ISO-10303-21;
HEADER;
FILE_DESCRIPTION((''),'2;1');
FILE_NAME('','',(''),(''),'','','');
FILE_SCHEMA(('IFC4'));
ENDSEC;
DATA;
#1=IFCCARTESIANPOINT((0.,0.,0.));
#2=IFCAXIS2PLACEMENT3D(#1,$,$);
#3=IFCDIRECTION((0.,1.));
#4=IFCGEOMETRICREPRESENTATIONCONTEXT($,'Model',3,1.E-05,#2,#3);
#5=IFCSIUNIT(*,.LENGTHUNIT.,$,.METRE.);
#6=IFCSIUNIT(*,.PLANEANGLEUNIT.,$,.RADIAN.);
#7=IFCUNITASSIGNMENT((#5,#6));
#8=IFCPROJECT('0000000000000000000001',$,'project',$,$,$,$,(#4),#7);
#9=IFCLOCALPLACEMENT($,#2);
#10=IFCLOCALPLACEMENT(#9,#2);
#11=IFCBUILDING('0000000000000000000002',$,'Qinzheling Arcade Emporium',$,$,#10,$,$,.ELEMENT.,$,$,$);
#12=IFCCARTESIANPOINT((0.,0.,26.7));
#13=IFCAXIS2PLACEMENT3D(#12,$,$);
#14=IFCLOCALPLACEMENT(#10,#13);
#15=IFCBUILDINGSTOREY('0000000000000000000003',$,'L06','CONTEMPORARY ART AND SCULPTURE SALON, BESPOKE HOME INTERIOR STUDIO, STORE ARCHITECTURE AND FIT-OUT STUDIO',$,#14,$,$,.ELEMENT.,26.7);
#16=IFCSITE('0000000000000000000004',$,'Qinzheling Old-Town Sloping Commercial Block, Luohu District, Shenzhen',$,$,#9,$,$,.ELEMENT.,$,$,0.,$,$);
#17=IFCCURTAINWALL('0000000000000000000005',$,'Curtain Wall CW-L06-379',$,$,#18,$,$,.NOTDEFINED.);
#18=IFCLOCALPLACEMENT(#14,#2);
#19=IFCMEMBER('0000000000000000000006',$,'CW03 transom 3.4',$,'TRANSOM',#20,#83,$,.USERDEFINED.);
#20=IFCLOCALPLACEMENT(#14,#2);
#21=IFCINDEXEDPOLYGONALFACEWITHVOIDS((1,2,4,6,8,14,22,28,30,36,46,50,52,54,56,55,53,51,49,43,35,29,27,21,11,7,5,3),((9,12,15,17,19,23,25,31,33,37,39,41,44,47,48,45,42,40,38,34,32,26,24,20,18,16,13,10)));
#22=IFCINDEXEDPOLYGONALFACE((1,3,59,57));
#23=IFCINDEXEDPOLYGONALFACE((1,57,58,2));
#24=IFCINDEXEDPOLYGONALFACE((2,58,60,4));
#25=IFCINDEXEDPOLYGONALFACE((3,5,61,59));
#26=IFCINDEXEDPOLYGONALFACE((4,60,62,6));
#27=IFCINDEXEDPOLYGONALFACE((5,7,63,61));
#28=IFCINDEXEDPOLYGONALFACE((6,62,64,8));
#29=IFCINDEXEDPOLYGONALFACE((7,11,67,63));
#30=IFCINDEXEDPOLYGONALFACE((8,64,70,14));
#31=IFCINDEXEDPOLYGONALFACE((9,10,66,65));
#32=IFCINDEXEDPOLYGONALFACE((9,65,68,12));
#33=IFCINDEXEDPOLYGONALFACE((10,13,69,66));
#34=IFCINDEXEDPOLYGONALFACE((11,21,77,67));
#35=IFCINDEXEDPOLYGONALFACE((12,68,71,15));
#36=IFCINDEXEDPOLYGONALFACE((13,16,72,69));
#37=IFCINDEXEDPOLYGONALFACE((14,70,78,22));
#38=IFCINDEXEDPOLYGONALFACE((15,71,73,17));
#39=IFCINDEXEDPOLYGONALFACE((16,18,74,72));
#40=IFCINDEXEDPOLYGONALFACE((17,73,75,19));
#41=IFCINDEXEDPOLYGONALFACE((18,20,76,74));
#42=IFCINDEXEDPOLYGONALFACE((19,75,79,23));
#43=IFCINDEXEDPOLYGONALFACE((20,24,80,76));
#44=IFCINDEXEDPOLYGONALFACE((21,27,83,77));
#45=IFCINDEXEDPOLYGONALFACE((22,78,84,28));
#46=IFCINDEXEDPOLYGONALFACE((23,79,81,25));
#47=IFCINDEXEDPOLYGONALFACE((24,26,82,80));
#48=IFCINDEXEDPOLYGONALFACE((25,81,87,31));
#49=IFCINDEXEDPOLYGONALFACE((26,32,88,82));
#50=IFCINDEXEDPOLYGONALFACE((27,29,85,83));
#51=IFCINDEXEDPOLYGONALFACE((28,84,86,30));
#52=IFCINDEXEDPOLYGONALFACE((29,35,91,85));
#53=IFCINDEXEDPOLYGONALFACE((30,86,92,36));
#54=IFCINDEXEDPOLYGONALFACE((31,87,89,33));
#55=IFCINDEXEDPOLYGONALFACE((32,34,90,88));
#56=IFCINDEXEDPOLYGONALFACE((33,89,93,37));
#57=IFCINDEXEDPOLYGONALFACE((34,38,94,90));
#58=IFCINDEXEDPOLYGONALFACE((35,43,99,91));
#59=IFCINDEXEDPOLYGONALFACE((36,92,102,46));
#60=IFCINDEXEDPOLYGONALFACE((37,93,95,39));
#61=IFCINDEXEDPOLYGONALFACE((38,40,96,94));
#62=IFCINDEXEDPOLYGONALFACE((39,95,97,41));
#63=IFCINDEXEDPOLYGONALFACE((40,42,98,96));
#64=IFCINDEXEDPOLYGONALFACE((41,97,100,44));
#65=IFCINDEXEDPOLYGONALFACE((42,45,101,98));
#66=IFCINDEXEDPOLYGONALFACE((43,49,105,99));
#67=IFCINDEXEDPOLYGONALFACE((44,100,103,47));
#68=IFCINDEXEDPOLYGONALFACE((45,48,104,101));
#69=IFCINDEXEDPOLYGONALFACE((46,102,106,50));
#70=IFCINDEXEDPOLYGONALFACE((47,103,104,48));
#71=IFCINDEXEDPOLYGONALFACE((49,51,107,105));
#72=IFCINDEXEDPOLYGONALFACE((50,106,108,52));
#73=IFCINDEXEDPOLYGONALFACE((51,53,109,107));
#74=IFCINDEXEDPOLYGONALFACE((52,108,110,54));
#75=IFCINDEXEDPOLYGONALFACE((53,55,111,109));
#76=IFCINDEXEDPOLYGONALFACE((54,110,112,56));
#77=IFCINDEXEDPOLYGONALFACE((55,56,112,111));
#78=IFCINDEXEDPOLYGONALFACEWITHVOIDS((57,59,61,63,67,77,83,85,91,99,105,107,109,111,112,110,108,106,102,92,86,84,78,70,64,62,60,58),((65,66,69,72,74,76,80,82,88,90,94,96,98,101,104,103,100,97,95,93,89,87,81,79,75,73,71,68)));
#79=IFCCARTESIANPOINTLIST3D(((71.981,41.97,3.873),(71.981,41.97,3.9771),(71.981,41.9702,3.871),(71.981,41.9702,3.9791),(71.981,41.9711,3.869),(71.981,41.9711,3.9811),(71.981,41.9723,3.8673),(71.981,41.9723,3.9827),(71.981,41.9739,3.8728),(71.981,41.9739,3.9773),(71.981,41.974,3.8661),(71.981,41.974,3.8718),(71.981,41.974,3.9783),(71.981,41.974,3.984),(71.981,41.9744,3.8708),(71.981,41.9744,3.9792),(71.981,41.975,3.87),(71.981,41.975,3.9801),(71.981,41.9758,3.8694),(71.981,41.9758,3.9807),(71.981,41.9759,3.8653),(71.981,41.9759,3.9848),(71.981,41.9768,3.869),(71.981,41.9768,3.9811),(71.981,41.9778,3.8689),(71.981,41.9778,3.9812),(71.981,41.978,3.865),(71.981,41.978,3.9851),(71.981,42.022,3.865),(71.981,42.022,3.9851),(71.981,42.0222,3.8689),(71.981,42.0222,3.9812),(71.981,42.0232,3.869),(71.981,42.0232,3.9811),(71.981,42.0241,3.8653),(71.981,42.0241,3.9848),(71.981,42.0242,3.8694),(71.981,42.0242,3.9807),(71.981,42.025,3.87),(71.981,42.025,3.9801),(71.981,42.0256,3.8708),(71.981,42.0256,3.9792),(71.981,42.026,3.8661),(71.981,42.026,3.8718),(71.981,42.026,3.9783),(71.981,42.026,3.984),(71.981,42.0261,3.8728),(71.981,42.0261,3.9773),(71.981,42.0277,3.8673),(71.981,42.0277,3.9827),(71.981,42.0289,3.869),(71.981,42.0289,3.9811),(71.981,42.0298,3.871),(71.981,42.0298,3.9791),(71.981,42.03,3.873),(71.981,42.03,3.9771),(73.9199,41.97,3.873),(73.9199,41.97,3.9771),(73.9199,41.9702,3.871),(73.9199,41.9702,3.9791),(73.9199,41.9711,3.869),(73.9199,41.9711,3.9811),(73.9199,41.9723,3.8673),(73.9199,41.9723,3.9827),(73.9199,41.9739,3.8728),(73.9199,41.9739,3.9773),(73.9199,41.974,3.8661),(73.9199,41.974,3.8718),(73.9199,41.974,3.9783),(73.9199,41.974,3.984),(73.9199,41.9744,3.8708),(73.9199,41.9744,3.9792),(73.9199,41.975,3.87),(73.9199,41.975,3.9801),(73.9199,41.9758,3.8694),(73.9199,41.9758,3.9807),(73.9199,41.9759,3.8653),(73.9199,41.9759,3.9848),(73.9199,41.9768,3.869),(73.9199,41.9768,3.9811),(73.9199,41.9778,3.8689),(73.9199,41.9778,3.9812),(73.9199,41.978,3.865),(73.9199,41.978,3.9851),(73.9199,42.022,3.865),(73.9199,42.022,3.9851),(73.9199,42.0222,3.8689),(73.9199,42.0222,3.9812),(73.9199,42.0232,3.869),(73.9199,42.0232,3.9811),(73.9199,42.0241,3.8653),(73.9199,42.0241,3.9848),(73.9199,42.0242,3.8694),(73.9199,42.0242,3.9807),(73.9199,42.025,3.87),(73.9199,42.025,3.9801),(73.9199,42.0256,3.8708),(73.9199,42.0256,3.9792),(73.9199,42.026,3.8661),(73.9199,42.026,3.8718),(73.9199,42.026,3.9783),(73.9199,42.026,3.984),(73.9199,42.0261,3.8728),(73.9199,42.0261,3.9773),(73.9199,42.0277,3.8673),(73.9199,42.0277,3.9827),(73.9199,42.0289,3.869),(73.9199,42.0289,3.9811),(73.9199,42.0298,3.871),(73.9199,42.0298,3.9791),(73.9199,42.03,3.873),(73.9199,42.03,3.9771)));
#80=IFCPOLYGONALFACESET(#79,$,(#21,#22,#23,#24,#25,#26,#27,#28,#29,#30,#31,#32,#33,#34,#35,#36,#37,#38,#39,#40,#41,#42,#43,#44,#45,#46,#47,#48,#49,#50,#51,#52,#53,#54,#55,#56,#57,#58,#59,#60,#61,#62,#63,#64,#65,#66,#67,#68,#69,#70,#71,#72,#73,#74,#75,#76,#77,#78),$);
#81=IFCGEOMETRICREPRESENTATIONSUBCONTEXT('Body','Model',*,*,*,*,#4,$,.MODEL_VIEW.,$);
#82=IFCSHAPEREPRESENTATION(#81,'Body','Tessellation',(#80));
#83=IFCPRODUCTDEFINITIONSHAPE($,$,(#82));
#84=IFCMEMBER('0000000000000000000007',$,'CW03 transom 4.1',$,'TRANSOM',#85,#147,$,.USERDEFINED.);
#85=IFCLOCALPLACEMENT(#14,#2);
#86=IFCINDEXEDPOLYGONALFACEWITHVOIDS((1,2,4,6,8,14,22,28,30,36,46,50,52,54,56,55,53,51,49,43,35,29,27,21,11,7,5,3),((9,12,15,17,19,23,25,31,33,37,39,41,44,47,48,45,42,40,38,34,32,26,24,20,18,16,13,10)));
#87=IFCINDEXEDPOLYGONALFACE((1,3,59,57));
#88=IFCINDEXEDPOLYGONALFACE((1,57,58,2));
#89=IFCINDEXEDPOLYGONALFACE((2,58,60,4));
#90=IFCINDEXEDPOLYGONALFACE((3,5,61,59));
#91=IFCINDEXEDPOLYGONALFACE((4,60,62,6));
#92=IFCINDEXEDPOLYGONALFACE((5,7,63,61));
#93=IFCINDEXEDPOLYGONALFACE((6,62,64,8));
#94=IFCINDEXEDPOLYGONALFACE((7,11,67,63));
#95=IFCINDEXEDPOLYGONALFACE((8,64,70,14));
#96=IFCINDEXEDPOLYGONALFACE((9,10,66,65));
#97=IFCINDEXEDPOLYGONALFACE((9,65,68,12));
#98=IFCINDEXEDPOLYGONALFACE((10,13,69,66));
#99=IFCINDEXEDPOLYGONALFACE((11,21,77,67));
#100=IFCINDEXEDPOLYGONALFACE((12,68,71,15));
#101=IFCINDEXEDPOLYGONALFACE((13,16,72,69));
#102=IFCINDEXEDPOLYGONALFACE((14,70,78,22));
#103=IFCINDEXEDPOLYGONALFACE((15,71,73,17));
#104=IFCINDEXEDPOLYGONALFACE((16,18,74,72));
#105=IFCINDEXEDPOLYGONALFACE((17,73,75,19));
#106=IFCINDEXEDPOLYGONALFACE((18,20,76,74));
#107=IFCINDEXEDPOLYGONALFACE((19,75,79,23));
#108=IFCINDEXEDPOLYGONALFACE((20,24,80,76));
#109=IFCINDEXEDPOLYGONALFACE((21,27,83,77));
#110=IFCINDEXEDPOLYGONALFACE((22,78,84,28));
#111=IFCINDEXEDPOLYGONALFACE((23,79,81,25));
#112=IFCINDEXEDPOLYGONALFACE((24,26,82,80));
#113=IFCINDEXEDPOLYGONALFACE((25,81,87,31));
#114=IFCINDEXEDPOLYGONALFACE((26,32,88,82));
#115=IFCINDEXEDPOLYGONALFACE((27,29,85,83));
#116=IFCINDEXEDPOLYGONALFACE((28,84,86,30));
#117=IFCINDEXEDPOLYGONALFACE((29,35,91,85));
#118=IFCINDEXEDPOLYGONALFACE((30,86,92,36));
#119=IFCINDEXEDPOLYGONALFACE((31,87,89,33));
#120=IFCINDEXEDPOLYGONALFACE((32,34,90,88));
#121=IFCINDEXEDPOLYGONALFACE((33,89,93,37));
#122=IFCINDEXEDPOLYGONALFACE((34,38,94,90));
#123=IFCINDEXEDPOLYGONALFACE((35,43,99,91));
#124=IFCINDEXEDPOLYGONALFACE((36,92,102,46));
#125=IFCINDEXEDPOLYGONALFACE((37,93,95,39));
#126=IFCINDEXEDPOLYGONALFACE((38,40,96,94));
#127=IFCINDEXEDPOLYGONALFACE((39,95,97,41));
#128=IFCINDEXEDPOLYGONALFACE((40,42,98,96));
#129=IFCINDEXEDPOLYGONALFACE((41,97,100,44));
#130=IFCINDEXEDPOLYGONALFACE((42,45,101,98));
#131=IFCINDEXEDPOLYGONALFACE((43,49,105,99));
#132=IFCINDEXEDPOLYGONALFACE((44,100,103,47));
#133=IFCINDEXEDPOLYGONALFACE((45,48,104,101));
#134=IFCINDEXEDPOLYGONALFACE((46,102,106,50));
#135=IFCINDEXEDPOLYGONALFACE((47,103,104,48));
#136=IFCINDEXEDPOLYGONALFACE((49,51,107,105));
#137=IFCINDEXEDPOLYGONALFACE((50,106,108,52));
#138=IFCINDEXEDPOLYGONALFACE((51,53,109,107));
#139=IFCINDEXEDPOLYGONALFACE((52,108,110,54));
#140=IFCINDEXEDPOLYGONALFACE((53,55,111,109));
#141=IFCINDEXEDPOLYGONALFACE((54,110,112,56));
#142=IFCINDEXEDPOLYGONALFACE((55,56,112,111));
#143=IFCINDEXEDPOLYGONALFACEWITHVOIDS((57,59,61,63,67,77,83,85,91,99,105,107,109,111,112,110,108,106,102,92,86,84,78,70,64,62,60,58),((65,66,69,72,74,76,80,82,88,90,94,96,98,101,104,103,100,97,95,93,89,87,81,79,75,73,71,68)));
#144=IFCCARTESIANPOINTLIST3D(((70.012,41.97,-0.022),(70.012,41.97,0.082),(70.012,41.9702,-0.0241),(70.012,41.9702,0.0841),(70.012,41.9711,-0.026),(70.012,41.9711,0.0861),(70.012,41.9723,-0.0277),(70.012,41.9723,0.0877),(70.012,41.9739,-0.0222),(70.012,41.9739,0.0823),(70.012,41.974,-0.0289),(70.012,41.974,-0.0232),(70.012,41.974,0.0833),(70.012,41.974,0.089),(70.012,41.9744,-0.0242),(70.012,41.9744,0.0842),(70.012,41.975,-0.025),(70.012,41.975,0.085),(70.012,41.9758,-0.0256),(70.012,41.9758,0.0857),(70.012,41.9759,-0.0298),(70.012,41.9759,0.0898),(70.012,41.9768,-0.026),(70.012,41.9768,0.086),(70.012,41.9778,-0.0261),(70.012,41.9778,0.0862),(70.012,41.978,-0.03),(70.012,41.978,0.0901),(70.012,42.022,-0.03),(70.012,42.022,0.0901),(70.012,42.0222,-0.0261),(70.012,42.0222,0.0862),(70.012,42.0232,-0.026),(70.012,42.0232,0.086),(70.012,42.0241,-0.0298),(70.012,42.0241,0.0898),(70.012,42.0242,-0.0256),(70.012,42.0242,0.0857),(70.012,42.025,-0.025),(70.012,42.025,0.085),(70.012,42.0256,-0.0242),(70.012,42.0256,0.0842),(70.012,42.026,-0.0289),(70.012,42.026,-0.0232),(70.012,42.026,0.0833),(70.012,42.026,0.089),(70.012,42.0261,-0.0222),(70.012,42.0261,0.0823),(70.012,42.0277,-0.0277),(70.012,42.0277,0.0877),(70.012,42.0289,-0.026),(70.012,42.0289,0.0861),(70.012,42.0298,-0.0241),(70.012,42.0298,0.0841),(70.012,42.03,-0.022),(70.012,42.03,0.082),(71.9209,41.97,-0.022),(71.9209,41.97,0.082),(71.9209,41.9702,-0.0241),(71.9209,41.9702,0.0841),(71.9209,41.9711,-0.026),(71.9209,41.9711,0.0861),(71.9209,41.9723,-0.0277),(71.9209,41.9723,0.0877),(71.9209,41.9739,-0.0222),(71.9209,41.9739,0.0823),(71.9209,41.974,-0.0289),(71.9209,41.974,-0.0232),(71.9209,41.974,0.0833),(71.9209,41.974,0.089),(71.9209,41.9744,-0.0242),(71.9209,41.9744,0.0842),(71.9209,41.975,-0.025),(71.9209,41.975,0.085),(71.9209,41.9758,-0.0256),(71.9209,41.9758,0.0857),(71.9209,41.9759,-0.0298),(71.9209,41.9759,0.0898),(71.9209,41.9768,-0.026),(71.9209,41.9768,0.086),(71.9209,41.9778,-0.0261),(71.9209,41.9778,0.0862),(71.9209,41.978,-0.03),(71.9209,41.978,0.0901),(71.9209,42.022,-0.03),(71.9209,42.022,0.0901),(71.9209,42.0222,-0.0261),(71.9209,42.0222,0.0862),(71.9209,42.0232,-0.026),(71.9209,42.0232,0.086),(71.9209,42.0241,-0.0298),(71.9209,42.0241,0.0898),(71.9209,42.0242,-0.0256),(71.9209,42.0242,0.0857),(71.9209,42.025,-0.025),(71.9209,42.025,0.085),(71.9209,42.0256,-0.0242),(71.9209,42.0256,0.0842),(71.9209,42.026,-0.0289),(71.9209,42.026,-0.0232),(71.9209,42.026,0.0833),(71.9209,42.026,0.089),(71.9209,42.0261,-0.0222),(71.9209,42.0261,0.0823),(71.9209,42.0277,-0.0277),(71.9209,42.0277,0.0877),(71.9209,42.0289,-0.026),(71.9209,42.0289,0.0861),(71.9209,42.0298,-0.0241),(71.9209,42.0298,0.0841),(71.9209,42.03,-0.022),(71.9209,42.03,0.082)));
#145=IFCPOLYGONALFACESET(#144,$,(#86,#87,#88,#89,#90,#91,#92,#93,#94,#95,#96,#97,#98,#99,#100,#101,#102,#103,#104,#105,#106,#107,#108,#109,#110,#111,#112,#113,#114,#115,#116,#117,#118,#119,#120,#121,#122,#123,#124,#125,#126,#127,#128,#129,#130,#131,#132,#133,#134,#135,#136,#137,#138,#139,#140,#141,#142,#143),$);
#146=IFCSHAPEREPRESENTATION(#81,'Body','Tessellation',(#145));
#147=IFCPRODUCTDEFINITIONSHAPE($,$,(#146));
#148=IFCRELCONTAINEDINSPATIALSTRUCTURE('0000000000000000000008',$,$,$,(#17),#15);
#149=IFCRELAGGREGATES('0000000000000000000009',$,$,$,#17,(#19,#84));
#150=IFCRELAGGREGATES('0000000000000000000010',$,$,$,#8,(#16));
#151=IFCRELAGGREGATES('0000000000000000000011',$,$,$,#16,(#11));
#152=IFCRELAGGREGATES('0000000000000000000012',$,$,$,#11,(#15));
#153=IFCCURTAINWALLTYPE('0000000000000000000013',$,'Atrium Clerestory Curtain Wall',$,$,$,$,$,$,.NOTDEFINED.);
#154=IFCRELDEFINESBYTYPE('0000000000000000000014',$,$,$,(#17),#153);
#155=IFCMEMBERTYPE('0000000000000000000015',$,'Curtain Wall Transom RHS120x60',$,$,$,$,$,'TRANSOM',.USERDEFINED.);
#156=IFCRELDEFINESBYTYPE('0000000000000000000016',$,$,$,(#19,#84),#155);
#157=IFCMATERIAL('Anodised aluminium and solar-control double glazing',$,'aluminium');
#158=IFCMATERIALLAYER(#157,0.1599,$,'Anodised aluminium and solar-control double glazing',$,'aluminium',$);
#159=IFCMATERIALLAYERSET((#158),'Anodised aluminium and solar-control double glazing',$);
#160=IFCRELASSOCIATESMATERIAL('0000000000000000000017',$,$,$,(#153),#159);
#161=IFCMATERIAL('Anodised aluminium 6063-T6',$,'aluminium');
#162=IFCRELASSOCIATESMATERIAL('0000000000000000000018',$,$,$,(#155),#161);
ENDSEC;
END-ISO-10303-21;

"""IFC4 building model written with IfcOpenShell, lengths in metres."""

from ifc_helpers import new_model, si_unit, direction, frame, origin, origin_2d, place, context, subcontext, project, spatial, hollow_rectangle, extrude, material, layer, layer_set, material_profile, profile_set, type_object, element, aggregate, save


model = new_model("IFC4")

# Units and contexts
model_context = context("Model", 3, precision=1e-05, world=origin(), true_north=direction((0.0, 1.0)))
body_context = subcontext(model_context, "Body", "Model", "MODEL_VIEW")
ifc_project = project(units=[si_unit("LENGTHUNIT", "METRE"), si_unit("PLANEANGLEUNIT", "RADIAN")], contexts=[model_context])

# Site, building, storey
site_placement = place(None, origin())
site = spatial("IfcSite", under=ifc_project, at=site_placement, Name="Qinzheling Old-Town Sloping Commercial Block, Luohu District, Shenzhen", CompositionType="ELEMENT", RefElevation=0.0)
building_placement = place(site_placement, origin())
building = spatial("IfcBuilding", under=site, at=building_placement, Name="Qinzheling Arcade Emporium", CompositionType="ELEMENT")
storey_placement = place(building_placement, frame((0.0, 0.0, 26.7)))
storey = spatial("IfcBuildingStorey", under=building, at=storey_placement, Name="L06", Description="CONTEMPORARY ART AND SCULPTURE SALON, BESPOKE HOME INTERIOR STUDIO, STORE ARCHITECTURE AND FIT-OUT STUDIO", CompositionType="ELEMENT", Elevation=26.7)

# Curtain wall, members
ifc_material_1 = material(Name="Anodised aluminium and solar-control double glazing", Category="aluminium")
ifc_layer_1 = layer(ifc_material_1, 0.1599, Name="Anodised aluminium and solar-control double glazing", Category="aluminium")
ifc_layer_set_1 = layer_set([ifc_layer_1], Name="Anodised aluminium and solar-control double glazing")
curtain_wall_type_1 = type_object("IfcCurtainWallType", Name="Atrium Clerestory Curtain Wall", PredefinedType="NOTDEFINED", material=ifc_layer_set_1)
curtain_wall_1_placement = place(storey_placement, origin())
curtain_wall_1 = element("IfcCurtainWall", 1, at=curtain_wall_1_placement, inside=storey, type_object=curtain_wall_type_1, Name="Curtain Wall CW-L06-379", PredefinedType="NOTDEFINED")
ifc_material_2 = material(Name="Anodised aluminium 6063-T6", Category="aluminium")
ifc_material_profile_1 = material_profile(ifc_material_2, hollow_rectangle(XDim=0.0601, YDim=0.1201, WallThickness=0.0039, InnerFilletRadius=0.0039, OuterFilletRadius=0.0081, at=origin_2d()), Name="RHS 120x60x4", Category="aluminium")
ifc_profile_set_1 = profile_set([ifc_material_profile_1], Name="Anodised aluminium 6063-T6")
member_type_1 = type_object("IfcMemberType", Name="Curtain Wall Transom RHS120x60", ElementType="TRANSOM", PredefinedType="USERDEFINED", material=ifc_profile_set_1)
member_1_placement = place(storey_placement, frame((73.9199, 42.0, 3.925), z_axis=(-1.0, 0.0, 0.0), x_axis=(0.0, -1.0, 0.0)))
member_1 = element("IfcMember", 2, at=member_1_placement, type_object=member_type_1, Name="CW03 transom 3.4", ObjectType="TRANSOM", PredefinedType="USERDEFINED", context=body_context, shape_type="SweptSolid", body=[
    extrude(hollow_rectangle(XDim=0.0601, YDim=0.1201, WallThickness=0.0039, InnerFilletRadius=0.0039, OuterFilletRadius=0.0081, at=origin_2d()), origin(), (0.0, 0.0, 1.0), 1.939),
])
member_2_placement = place(storey_placement, frame((71.9209, 42.0, 0.03), z_axis=(-1.0, 0.0, 0.0), x_axis=(0.0, -1.0, 0.0)))
member_2 = element("IfcMember", 3, at=member_2_placement, type_object=member_type_1, Name="CW03 transom 4.1", ObjectType="TRANSOM", PredefinedType="USERDEFINED", context=body_context, shape_type="SweptSolid", body=[
    extrude(hollow_rectangle(XDim=0.0601, YDim=0.1201, WallThickness=0.0039, InnerFilletRadius=0.0039, OuterFilletRadius=0.0081, at=origin_2d()), origin(), (0.0, 0.0, 1.0), 1.9089),
])

aggregate(curtain_wall_1, [member_1, member_2])

save(model, "model.ifc")
